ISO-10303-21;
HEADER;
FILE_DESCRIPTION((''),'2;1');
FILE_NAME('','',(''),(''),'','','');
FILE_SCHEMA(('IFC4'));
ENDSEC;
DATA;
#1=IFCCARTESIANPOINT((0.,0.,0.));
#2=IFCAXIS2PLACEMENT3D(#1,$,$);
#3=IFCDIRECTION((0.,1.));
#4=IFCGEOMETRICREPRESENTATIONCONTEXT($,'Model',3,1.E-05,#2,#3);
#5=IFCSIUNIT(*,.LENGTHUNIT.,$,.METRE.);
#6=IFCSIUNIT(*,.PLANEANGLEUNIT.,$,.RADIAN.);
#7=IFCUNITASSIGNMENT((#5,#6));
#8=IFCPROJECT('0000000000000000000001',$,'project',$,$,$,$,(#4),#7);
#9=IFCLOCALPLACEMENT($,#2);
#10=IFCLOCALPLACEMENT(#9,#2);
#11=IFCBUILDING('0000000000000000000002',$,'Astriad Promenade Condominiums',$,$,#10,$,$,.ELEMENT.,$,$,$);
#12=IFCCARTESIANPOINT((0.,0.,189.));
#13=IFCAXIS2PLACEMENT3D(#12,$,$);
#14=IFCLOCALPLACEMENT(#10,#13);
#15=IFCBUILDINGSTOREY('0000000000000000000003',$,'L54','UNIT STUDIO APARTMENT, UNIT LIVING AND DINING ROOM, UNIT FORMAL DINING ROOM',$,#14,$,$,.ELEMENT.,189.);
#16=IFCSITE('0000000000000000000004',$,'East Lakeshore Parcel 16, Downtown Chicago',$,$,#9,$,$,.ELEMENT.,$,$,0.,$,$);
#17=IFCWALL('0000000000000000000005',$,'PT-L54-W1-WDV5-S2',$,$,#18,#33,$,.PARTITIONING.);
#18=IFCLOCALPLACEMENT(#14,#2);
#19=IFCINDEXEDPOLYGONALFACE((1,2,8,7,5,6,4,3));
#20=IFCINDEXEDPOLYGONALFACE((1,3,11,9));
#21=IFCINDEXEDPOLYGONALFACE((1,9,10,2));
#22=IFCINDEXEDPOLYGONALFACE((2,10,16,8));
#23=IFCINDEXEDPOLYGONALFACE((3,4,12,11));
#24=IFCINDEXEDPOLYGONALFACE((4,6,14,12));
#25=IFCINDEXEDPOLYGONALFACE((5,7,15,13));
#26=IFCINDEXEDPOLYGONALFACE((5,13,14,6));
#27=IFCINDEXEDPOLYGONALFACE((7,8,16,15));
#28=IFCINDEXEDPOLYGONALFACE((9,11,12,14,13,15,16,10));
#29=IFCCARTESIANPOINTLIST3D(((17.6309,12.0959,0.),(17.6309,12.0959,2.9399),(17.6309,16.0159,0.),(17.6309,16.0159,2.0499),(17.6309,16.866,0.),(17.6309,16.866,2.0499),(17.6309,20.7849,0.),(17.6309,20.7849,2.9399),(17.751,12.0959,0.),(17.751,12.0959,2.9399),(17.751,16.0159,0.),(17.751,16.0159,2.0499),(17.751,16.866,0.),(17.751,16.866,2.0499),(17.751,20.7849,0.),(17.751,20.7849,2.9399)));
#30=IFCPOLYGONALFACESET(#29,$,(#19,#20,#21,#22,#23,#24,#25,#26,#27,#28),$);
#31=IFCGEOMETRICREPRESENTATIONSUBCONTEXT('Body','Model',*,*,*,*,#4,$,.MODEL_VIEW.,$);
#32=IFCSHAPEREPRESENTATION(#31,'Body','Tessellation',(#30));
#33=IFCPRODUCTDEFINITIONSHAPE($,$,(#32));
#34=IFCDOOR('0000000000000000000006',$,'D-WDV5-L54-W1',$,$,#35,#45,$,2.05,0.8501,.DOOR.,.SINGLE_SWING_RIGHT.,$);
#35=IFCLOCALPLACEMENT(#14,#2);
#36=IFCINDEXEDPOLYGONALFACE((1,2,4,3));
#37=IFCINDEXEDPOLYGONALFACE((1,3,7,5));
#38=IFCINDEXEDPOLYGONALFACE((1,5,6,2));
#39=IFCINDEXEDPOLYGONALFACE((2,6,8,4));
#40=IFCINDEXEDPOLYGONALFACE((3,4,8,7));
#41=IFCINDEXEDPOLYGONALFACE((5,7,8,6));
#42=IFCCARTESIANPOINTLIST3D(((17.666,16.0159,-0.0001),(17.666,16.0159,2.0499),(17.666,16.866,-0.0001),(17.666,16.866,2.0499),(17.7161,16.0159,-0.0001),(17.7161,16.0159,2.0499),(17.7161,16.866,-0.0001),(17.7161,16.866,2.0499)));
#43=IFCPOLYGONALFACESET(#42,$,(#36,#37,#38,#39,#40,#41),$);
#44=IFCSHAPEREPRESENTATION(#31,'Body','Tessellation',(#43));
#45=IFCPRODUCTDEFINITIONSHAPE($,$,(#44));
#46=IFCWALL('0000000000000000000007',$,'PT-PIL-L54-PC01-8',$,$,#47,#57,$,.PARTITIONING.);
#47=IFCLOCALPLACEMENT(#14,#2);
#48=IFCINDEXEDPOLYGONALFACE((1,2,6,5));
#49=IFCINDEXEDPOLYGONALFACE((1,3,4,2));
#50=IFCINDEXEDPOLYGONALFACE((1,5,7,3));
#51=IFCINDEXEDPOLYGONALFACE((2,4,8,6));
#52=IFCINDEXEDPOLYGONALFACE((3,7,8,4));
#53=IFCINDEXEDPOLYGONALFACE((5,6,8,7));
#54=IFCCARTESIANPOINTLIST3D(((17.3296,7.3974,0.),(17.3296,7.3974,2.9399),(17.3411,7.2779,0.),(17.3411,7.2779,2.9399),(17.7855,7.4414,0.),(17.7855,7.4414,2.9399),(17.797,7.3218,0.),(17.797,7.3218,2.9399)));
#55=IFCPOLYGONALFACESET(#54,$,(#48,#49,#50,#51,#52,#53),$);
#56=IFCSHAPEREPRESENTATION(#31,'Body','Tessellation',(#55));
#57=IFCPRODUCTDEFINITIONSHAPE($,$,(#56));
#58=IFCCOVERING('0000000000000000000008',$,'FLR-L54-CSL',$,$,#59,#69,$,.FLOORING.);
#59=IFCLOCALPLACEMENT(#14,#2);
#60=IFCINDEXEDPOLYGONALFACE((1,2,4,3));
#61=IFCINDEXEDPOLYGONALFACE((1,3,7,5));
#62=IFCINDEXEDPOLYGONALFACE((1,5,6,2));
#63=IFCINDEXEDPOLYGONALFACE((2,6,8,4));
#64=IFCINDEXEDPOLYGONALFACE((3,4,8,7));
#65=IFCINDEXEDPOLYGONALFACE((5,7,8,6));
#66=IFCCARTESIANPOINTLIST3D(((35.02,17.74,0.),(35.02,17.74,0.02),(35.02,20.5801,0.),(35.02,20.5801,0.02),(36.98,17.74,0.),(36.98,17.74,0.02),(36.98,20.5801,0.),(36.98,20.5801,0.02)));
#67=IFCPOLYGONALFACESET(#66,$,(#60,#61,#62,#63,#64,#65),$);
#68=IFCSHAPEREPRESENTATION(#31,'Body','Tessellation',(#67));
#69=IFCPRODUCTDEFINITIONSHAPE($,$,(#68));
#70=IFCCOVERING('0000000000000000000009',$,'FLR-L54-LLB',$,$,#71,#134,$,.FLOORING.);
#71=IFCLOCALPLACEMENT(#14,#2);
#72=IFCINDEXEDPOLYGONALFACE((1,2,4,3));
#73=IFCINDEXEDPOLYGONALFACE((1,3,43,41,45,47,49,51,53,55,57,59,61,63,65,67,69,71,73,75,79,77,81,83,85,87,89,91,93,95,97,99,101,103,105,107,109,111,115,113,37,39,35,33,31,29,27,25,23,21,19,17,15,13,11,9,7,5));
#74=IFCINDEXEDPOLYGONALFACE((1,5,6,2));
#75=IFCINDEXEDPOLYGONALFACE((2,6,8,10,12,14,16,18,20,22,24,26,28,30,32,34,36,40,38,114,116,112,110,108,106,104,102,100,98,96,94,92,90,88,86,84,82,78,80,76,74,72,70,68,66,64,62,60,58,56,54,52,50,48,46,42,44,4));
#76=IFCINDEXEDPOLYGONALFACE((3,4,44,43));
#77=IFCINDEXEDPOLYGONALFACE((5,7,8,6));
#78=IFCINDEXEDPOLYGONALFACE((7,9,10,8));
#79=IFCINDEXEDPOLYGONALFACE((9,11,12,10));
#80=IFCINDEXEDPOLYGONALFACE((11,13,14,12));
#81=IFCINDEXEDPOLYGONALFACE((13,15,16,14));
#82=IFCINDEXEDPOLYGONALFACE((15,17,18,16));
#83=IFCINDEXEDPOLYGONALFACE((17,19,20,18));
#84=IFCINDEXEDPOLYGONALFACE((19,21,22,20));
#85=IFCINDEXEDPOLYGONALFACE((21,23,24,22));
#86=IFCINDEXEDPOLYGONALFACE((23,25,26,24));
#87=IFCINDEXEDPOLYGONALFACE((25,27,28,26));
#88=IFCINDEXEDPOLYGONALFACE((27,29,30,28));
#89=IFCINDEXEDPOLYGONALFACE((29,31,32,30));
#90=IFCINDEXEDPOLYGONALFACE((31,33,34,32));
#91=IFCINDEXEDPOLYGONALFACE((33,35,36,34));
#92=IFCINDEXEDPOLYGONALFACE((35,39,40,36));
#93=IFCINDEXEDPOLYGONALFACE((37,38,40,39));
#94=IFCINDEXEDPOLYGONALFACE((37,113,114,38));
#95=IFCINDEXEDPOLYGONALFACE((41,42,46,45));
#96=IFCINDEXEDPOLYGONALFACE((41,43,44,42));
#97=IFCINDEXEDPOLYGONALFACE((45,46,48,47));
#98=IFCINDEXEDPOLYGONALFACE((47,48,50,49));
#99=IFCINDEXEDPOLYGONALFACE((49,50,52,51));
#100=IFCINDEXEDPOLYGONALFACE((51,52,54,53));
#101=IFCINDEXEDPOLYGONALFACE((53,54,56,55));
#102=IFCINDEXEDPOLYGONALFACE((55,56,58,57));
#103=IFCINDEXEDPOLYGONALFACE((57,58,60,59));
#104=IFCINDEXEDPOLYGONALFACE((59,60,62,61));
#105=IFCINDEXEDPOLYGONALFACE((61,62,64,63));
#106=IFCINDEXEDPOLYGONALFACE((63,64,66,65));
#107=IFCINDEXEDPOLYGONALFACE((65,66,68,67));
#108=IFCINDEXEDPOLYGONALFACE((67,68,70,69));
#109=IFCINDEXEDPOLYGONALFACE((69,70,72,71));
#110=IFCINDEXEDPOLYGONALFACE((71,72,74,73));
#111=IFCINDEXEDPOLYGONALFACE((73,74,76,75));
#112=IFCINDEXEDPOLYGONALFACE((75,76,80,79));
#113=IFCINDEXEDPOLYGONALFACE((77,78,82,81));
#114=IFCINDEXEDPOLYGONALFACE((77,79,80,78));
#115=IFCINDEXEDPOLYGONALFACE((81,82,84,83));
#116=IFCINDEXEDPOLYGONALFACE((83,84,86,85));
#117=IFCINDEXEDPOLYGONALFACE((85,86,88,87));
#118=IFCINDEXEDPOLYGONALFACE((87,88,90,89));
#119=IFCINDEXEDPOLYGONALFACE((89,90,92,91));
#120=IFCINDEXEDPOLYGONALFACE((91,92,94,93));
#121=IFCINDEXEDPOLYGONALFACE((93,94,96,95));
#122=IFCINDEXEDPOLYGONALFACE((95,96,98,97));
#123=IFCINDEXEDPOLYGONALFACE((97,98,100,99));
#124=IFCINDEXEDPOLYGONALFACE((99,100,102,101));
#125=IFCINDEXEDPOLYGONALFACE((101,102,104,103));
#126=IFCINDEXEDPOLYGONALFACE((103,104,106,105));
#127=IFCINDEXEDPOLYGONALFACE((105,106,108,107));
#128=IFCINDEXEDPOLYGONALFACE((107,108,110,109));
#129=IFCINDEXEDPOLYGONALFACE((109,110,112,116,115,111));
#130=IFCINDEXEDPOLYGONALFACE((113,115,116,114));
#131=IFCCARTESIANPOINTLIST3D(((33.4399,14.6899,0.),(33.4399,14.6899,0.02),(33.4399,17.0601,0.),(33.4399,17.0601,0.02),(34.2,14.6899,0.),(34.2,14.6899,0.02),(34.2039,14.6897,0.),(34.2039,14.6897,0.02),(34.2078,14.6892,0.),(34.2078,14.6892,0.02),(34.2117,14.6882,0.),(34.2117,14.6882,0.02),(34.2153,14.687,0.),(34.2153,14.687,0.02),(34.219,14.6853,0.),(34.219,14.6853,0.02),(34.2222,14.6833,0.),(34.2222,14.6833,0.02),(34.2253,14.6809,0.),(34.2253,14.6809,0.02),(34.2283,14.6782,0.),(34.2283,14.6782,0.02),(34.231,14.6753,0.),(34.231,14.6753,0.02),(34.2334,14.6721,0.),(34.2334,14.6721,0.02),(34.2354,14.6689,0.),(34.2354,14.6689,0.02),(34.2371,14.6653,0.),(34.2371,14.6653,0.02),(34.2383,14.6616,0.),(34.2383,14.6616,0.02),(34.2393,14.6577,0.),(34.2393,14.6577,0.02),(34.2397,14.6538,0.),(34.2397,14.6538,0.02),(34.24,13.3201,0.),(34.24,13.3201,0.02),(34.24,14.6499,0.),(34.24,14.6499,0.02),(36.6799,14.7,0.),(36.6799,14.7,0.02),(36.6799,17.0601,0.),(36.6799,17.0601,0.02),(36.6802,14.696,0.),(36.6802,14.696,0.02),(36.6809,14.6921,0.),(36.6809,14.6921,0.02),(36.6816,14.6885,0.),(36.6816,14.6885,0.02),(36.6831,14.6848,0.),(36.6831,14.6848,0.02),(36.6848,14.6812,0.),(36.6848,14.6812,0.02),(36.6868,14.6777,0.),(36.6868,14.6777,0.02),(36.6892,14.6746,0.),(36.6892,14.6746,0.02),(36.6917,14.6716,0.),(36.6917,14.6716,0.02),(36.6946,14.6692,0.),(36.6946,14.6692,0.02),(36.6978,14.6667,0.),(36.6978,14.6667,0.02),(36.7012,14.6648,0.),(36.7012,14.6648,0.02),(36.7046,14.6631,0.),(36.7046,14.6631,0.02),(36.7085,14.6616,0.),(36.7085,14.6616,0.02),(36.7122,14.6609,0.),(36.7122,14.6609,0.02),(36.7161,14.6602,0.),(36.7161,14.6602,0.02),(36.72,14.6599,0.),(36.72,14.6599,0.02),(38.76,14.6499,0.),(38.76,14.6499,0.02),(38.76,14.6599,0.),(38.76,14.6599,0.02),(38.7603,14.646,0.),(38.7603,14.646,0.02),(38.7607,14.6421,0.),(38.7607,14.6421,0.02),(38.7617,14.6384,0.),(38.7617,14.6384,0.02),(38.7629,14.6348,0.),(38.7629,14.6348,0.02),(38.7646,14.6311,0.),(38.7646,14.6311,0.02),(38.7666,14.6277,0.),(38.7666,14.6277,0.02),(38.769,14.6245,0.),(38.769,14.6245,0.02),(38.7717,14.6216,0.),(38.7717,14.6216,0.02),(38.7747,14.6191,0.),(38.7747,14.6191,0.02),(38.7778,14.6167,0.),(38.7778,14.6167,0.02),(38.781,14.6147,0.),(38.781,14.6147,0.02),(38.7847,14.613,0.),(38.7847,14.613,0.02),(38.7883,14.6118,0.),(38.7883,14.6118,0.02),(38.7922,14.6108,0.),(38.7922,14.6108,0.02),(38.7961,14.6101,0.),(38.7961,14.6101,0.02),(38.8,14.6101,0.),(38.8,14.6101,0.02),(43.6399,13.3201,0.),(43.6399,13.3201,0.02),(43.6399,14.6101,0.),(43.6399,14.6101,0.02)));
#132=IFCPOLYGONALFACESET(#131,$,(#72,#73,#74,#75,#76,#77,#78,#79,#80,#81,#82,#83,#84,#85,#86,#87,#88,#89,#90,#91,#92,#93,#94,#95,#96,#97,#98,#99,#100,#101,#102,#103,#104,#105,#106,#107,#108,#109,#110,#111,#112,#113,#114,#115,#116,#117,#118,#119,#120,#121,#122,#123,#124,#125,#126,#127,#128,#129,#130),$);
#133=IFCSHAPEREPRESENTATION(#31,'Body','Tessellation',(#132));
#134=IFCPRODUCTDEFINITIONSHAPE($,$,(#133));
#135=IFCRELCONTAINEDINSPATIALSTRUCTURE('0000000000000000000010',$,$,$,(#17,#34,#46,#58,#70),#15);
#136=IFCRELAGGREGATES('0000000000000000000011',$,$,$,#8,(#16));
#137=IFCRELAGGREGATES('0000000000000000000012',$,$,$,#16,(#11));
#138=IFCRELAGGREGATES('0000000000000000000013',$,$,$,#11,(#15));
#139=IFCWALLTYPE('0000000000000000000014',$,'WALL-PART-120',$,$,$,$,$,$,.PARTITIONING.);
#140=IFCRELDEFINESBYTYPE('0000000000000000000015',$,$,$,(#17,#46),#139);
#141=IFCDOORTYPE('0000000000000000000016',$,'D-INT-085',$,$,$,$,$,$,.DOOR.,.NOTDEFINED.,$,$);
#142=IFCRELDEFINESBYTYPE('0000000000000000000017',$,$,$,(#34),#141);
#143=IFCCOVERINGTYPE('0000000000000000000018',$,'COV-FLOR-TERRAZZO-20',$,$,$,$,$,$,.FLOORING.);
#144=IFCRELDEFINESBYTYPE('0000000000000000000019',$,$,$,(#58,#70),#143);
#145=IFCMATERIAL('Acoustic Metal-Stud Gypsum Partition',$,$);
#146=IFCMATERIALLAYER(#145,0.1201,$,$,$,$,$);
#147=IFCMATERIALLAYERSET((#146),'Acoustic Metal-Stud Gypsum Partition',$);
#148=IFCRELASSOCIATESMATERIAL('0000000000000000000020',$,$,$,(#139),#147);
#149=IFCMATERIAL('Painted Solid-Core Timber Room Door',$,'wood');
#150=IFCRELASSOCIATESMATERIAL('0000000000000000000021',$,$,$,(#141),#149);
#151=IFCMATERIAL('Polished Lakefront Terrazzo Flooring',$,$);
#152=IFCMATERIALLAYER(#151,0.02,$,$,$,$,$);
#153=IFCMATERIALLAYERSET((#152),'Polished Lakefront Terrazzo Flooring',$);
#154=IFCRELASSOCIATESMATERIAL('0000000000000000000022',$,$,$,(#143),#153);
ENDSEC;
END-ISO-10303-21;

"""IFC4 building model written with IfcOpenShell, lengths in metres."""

from ifc_helpers import new_model, si_unit, direction, frame, frame_2d, origin, place, context, subcontext, project, spatial, polyline, rectangle, outline, extrude, source, transform, mapped, material, layer, layer_set, type_object, type_shapes, element, fill, save


model = new_model("IFC4")

# Units and contexts
model_context = context("Model", 3, precision=1e-05, world=origin(), true_north=direction((0.0, 1.0)))
body_context = subcontext(model_context, "Body", "Model", "MODEL_VIEW")
ifc_project = project(units=[si_unit("LENGTHUNIT", "METRE"), si_unit("PLANEANGLEUNIT", "RADIAN")], contexts=[model_context])

# Site, building, storey
site_placement = place(None, origin())
site = spatial("IfcSite", under=ifc_project, at=site_placement, Name="East Lakeshore Parcel 16, Downtown Chicago", CompositionType="ELEMENT", RefElevation=0.0)
building_placement = place(site_placement, origin())
building = spatial("IfcBuilding", under=site, at=building_placement, Name="Astriad Promenade Condominiums", CompositionType="ELEMENT")
storey_placement = place(building_placement, frame((0.0, 0.0, 189.0)))
storey = spatial("IfcBuildingStorey", under=building, at=storey_placement, Name="L54", Description="UNIT STUDIO APARTMENT, UNIT LIVING AND DINING ROOM, UNIT FORMAL DINING ROOM", CompositionType="ELEMENT", Elevation=189.0)

# Shared definitions
ifc_material_1 = material(Name="Acoustic Metal-Stud Gypsum Partition")
ifc_layer_1 = layer(ifc_material_1, 0.1201)
ifc_layer_set_1 = layer_set([ifc_layer_1], Name="Acoustic Metal-Stud Gypsum Partition")
wall_type_1 = type_object("IfcWallType", Name="WALL-PART-120", PredefinedType="PARTITIONING", material=ifc_layer_set_1)
ifc_material_2 = material(Name="Painted Solid-Core Timber Room Door", Category="wood")
door_type = type_object("IfcDoorType", Name="D-INT-085", OperationType="NOTDEFINED", PredefinedType="DOOR", material=ifc_material_2)
shared_shape_1 = source(origin(), body_context, "Body", "SweptSolid", [
    extrude(rectangle(XDim=0.8501, YDim=2.05, at=frame_2d((0.425, 1.0249))), frame((0.0, 0.0249, 0.0), z_axis=(0.0, -1.0, 0.0), x_axis=(1.0, 0.0, 0.0)), (0.0, 0.0, 1.0), 0.05),
])
type_shapes(door_type, [shared_shape_1])

# Wall, opening, door
wall_1_placement = place(storey_placement, frame((17.6909, 12.0959, 0.0), z_axis=(0.0, 0.0, 1.0), x_axis=(0.0, 1.0, 0.0)))
wall_1 = element("IfcWall", 1, at=wall_1_placement, inside=storey, type_object=wall_type_1, Name="PT-L54-W1-WDV5-S2", PredefinedType="PARTITIONING", context=body_context, shape_type="SweptSolid", body=[
    extrude(rectangle(XDim=8.689, YDim=0.1201, at=frame_2d((4.3445, 0.0))), origin(), (0.0, 0.0, 1.0), 2.9399),
])
opening_1_placement = place(wall_1_placement, frame((3.9199, 0.0, 0.0)))
opening_1 = element("IfcOpeningElement", 2, at=opening_1_placement, cuts=wall_1, PredefinedType="OPENING", context=body_context, shape_type="SweptSolid", body=[
    extrude(rectangle(XDim=0.8501, YDim=2.05, at=frame_2d((0.425, 1.0249))), frame((0.0, 0.0701, 0.0), z_axis=(0.0, -1.0, 0.0), x_axis=(1.0, 0.0, 0.0)), (0.0, 0.0, 1.0), 0.1401),
])
door_1_placement = place(opening_1_placement, origin())
door_1 = element("IfcDoor", 3, at=door_1_placement, inside=storey, type_object=door_type, Name="D-WDV5-L54-W1", OperationType="SINGLE_SWING_RIGHT", OverallHeight=2.05, OverallWidth=0.8501, PredefinedType="DOOR", context=body_context, shape_type="MappedRepresentation", body=[
    mapped(shared_shape_1, transform((0.0, 0.0, 0.0), scale=1.0)),
])
fill(opening_1, door_1)

# Wall
wall_2_placement = place(storey_placement, frame((17.7913, 7.3816, 0.0), z_axis=(0.0, 0.0, 1.0), x_axis=(-0.995385, -0.095966, 0.0)))
element("IfcWall", 4, at=wall_2_placement, inside=storey, type_object=wall_type_1, Name="PT-PIL-L54-PC01-8", PredefinedType="PARTITIONING", context=body_context, shape_type="SweptSolid", body=[
    extrude(rectangle(XDim=0.458, YDim=0.1201, at=frame_2d((0.229, 0.0))), origin(), (0.0, 0.0, 1.0), 2.9399),
])

# Coverings
ifc_material_3 = material(Name="Polished Lakefront Terrazzo Flooring")
ifc_layer_2 = layer(ifc_material_3, 0.02)
ifc_layer_set_2 = layer_set([ifc_layer_2], Name="Polished Lakefront Terrazzo Flooring")
covering_type = type_object("IfcCoveringType", Name="COV-FLOR-TERRAZZO-20", PredefinedType="FLOORING", material=ifc_layer_set_2)
covering_1_placement = place(storey_placement, origin())
element("IfcCovering", 5, at=covering_1_placement, inside=storey, type_object=covering_type, Name="FLR-L54-CSL", PredefinedType="FLOORING", context=body_context, shape_type="SweptSolid", body=[
    extrude(outline(polyline([(36.98, 17.74), (35.02, 17.74), (35.02, 20.5801), (36.98, 20.5801), (36.98, 17.74)])), origin(), (0.0, 0.0, 1.0), 0.02),
])
covering_2_placement = place(storey_placement, origin())
element("IfcCovering", 6, at=covering_2_placement, inside=storey, type_object=covering_type, Name="FLR-L54-LLB", PredefinedType="FLOORING", context=body_context, shape_type="SweptSolid", body=[
    extrude(outline(polyline([(43.6399, 14.6101), (43.6399, 13.3201), (34.24, 13.3201), (34.24, 14.6499), (34.2397, 14.6538), (34.2393, 14.6577), (34.2383, 14.6616), (34.2371, 14.6653), (34.2354, 14.6689), (34.2334, 14.6721), (34.231, 14.6753), (34.2283, 14.6782), (34.2253, 14.6809), (34.2222, 14.6833), (34.219, 14.6853), (34.2153, 14.687), (34.2117, 14.6882), (34.2078, 14.6892), (34.2039, 14.6897), (34.2, 14.6899), (33.4399, 14.6899), (33.4399, 17.0601), (36.6799, 17.0601), (36.6799, 14.7), (36.6802, 14.696), (36.6809, 14.6921), (36.6816, 14.6885), (36.6831, 14.6848), (36.6848, 14.6812), (36.6868, 14.6777), (36.6892, 14.6746), (36.6917, 14.6716), (36.6946, 14.6692), (36.6978, 14.6667), (36.7012, 14.6648), (36.7046, 14.6631), (36.7085, 14.6616), (36.7122, 14.6609), (36.7161, 14.6602), (36.72, 14.6599), (38.76, 14.6599), (38.76, 14.6499), (38.7603, 14.646), (38.7607, 14.6421), (38.7617, 14.6384), (38.7629, 14.6348), (38.7646, 14.6311), (38.7666, 14.6277), (38.769, 14.6245), (38.7717, 14.6216), (38.7747, 14.6191), (38.7778, 14.6167), (38.781, 14.6147), (38.7847, 14.613), (38.7883, 14.6118), (38.7922, 14.6108), (38.7961, 14.6101), (38.8, 14.6101), (43.6399, 14.6101)])), origin(), (0.0, 0.0, 1.0), 0.02),
])

save(model, "model.ifc")
